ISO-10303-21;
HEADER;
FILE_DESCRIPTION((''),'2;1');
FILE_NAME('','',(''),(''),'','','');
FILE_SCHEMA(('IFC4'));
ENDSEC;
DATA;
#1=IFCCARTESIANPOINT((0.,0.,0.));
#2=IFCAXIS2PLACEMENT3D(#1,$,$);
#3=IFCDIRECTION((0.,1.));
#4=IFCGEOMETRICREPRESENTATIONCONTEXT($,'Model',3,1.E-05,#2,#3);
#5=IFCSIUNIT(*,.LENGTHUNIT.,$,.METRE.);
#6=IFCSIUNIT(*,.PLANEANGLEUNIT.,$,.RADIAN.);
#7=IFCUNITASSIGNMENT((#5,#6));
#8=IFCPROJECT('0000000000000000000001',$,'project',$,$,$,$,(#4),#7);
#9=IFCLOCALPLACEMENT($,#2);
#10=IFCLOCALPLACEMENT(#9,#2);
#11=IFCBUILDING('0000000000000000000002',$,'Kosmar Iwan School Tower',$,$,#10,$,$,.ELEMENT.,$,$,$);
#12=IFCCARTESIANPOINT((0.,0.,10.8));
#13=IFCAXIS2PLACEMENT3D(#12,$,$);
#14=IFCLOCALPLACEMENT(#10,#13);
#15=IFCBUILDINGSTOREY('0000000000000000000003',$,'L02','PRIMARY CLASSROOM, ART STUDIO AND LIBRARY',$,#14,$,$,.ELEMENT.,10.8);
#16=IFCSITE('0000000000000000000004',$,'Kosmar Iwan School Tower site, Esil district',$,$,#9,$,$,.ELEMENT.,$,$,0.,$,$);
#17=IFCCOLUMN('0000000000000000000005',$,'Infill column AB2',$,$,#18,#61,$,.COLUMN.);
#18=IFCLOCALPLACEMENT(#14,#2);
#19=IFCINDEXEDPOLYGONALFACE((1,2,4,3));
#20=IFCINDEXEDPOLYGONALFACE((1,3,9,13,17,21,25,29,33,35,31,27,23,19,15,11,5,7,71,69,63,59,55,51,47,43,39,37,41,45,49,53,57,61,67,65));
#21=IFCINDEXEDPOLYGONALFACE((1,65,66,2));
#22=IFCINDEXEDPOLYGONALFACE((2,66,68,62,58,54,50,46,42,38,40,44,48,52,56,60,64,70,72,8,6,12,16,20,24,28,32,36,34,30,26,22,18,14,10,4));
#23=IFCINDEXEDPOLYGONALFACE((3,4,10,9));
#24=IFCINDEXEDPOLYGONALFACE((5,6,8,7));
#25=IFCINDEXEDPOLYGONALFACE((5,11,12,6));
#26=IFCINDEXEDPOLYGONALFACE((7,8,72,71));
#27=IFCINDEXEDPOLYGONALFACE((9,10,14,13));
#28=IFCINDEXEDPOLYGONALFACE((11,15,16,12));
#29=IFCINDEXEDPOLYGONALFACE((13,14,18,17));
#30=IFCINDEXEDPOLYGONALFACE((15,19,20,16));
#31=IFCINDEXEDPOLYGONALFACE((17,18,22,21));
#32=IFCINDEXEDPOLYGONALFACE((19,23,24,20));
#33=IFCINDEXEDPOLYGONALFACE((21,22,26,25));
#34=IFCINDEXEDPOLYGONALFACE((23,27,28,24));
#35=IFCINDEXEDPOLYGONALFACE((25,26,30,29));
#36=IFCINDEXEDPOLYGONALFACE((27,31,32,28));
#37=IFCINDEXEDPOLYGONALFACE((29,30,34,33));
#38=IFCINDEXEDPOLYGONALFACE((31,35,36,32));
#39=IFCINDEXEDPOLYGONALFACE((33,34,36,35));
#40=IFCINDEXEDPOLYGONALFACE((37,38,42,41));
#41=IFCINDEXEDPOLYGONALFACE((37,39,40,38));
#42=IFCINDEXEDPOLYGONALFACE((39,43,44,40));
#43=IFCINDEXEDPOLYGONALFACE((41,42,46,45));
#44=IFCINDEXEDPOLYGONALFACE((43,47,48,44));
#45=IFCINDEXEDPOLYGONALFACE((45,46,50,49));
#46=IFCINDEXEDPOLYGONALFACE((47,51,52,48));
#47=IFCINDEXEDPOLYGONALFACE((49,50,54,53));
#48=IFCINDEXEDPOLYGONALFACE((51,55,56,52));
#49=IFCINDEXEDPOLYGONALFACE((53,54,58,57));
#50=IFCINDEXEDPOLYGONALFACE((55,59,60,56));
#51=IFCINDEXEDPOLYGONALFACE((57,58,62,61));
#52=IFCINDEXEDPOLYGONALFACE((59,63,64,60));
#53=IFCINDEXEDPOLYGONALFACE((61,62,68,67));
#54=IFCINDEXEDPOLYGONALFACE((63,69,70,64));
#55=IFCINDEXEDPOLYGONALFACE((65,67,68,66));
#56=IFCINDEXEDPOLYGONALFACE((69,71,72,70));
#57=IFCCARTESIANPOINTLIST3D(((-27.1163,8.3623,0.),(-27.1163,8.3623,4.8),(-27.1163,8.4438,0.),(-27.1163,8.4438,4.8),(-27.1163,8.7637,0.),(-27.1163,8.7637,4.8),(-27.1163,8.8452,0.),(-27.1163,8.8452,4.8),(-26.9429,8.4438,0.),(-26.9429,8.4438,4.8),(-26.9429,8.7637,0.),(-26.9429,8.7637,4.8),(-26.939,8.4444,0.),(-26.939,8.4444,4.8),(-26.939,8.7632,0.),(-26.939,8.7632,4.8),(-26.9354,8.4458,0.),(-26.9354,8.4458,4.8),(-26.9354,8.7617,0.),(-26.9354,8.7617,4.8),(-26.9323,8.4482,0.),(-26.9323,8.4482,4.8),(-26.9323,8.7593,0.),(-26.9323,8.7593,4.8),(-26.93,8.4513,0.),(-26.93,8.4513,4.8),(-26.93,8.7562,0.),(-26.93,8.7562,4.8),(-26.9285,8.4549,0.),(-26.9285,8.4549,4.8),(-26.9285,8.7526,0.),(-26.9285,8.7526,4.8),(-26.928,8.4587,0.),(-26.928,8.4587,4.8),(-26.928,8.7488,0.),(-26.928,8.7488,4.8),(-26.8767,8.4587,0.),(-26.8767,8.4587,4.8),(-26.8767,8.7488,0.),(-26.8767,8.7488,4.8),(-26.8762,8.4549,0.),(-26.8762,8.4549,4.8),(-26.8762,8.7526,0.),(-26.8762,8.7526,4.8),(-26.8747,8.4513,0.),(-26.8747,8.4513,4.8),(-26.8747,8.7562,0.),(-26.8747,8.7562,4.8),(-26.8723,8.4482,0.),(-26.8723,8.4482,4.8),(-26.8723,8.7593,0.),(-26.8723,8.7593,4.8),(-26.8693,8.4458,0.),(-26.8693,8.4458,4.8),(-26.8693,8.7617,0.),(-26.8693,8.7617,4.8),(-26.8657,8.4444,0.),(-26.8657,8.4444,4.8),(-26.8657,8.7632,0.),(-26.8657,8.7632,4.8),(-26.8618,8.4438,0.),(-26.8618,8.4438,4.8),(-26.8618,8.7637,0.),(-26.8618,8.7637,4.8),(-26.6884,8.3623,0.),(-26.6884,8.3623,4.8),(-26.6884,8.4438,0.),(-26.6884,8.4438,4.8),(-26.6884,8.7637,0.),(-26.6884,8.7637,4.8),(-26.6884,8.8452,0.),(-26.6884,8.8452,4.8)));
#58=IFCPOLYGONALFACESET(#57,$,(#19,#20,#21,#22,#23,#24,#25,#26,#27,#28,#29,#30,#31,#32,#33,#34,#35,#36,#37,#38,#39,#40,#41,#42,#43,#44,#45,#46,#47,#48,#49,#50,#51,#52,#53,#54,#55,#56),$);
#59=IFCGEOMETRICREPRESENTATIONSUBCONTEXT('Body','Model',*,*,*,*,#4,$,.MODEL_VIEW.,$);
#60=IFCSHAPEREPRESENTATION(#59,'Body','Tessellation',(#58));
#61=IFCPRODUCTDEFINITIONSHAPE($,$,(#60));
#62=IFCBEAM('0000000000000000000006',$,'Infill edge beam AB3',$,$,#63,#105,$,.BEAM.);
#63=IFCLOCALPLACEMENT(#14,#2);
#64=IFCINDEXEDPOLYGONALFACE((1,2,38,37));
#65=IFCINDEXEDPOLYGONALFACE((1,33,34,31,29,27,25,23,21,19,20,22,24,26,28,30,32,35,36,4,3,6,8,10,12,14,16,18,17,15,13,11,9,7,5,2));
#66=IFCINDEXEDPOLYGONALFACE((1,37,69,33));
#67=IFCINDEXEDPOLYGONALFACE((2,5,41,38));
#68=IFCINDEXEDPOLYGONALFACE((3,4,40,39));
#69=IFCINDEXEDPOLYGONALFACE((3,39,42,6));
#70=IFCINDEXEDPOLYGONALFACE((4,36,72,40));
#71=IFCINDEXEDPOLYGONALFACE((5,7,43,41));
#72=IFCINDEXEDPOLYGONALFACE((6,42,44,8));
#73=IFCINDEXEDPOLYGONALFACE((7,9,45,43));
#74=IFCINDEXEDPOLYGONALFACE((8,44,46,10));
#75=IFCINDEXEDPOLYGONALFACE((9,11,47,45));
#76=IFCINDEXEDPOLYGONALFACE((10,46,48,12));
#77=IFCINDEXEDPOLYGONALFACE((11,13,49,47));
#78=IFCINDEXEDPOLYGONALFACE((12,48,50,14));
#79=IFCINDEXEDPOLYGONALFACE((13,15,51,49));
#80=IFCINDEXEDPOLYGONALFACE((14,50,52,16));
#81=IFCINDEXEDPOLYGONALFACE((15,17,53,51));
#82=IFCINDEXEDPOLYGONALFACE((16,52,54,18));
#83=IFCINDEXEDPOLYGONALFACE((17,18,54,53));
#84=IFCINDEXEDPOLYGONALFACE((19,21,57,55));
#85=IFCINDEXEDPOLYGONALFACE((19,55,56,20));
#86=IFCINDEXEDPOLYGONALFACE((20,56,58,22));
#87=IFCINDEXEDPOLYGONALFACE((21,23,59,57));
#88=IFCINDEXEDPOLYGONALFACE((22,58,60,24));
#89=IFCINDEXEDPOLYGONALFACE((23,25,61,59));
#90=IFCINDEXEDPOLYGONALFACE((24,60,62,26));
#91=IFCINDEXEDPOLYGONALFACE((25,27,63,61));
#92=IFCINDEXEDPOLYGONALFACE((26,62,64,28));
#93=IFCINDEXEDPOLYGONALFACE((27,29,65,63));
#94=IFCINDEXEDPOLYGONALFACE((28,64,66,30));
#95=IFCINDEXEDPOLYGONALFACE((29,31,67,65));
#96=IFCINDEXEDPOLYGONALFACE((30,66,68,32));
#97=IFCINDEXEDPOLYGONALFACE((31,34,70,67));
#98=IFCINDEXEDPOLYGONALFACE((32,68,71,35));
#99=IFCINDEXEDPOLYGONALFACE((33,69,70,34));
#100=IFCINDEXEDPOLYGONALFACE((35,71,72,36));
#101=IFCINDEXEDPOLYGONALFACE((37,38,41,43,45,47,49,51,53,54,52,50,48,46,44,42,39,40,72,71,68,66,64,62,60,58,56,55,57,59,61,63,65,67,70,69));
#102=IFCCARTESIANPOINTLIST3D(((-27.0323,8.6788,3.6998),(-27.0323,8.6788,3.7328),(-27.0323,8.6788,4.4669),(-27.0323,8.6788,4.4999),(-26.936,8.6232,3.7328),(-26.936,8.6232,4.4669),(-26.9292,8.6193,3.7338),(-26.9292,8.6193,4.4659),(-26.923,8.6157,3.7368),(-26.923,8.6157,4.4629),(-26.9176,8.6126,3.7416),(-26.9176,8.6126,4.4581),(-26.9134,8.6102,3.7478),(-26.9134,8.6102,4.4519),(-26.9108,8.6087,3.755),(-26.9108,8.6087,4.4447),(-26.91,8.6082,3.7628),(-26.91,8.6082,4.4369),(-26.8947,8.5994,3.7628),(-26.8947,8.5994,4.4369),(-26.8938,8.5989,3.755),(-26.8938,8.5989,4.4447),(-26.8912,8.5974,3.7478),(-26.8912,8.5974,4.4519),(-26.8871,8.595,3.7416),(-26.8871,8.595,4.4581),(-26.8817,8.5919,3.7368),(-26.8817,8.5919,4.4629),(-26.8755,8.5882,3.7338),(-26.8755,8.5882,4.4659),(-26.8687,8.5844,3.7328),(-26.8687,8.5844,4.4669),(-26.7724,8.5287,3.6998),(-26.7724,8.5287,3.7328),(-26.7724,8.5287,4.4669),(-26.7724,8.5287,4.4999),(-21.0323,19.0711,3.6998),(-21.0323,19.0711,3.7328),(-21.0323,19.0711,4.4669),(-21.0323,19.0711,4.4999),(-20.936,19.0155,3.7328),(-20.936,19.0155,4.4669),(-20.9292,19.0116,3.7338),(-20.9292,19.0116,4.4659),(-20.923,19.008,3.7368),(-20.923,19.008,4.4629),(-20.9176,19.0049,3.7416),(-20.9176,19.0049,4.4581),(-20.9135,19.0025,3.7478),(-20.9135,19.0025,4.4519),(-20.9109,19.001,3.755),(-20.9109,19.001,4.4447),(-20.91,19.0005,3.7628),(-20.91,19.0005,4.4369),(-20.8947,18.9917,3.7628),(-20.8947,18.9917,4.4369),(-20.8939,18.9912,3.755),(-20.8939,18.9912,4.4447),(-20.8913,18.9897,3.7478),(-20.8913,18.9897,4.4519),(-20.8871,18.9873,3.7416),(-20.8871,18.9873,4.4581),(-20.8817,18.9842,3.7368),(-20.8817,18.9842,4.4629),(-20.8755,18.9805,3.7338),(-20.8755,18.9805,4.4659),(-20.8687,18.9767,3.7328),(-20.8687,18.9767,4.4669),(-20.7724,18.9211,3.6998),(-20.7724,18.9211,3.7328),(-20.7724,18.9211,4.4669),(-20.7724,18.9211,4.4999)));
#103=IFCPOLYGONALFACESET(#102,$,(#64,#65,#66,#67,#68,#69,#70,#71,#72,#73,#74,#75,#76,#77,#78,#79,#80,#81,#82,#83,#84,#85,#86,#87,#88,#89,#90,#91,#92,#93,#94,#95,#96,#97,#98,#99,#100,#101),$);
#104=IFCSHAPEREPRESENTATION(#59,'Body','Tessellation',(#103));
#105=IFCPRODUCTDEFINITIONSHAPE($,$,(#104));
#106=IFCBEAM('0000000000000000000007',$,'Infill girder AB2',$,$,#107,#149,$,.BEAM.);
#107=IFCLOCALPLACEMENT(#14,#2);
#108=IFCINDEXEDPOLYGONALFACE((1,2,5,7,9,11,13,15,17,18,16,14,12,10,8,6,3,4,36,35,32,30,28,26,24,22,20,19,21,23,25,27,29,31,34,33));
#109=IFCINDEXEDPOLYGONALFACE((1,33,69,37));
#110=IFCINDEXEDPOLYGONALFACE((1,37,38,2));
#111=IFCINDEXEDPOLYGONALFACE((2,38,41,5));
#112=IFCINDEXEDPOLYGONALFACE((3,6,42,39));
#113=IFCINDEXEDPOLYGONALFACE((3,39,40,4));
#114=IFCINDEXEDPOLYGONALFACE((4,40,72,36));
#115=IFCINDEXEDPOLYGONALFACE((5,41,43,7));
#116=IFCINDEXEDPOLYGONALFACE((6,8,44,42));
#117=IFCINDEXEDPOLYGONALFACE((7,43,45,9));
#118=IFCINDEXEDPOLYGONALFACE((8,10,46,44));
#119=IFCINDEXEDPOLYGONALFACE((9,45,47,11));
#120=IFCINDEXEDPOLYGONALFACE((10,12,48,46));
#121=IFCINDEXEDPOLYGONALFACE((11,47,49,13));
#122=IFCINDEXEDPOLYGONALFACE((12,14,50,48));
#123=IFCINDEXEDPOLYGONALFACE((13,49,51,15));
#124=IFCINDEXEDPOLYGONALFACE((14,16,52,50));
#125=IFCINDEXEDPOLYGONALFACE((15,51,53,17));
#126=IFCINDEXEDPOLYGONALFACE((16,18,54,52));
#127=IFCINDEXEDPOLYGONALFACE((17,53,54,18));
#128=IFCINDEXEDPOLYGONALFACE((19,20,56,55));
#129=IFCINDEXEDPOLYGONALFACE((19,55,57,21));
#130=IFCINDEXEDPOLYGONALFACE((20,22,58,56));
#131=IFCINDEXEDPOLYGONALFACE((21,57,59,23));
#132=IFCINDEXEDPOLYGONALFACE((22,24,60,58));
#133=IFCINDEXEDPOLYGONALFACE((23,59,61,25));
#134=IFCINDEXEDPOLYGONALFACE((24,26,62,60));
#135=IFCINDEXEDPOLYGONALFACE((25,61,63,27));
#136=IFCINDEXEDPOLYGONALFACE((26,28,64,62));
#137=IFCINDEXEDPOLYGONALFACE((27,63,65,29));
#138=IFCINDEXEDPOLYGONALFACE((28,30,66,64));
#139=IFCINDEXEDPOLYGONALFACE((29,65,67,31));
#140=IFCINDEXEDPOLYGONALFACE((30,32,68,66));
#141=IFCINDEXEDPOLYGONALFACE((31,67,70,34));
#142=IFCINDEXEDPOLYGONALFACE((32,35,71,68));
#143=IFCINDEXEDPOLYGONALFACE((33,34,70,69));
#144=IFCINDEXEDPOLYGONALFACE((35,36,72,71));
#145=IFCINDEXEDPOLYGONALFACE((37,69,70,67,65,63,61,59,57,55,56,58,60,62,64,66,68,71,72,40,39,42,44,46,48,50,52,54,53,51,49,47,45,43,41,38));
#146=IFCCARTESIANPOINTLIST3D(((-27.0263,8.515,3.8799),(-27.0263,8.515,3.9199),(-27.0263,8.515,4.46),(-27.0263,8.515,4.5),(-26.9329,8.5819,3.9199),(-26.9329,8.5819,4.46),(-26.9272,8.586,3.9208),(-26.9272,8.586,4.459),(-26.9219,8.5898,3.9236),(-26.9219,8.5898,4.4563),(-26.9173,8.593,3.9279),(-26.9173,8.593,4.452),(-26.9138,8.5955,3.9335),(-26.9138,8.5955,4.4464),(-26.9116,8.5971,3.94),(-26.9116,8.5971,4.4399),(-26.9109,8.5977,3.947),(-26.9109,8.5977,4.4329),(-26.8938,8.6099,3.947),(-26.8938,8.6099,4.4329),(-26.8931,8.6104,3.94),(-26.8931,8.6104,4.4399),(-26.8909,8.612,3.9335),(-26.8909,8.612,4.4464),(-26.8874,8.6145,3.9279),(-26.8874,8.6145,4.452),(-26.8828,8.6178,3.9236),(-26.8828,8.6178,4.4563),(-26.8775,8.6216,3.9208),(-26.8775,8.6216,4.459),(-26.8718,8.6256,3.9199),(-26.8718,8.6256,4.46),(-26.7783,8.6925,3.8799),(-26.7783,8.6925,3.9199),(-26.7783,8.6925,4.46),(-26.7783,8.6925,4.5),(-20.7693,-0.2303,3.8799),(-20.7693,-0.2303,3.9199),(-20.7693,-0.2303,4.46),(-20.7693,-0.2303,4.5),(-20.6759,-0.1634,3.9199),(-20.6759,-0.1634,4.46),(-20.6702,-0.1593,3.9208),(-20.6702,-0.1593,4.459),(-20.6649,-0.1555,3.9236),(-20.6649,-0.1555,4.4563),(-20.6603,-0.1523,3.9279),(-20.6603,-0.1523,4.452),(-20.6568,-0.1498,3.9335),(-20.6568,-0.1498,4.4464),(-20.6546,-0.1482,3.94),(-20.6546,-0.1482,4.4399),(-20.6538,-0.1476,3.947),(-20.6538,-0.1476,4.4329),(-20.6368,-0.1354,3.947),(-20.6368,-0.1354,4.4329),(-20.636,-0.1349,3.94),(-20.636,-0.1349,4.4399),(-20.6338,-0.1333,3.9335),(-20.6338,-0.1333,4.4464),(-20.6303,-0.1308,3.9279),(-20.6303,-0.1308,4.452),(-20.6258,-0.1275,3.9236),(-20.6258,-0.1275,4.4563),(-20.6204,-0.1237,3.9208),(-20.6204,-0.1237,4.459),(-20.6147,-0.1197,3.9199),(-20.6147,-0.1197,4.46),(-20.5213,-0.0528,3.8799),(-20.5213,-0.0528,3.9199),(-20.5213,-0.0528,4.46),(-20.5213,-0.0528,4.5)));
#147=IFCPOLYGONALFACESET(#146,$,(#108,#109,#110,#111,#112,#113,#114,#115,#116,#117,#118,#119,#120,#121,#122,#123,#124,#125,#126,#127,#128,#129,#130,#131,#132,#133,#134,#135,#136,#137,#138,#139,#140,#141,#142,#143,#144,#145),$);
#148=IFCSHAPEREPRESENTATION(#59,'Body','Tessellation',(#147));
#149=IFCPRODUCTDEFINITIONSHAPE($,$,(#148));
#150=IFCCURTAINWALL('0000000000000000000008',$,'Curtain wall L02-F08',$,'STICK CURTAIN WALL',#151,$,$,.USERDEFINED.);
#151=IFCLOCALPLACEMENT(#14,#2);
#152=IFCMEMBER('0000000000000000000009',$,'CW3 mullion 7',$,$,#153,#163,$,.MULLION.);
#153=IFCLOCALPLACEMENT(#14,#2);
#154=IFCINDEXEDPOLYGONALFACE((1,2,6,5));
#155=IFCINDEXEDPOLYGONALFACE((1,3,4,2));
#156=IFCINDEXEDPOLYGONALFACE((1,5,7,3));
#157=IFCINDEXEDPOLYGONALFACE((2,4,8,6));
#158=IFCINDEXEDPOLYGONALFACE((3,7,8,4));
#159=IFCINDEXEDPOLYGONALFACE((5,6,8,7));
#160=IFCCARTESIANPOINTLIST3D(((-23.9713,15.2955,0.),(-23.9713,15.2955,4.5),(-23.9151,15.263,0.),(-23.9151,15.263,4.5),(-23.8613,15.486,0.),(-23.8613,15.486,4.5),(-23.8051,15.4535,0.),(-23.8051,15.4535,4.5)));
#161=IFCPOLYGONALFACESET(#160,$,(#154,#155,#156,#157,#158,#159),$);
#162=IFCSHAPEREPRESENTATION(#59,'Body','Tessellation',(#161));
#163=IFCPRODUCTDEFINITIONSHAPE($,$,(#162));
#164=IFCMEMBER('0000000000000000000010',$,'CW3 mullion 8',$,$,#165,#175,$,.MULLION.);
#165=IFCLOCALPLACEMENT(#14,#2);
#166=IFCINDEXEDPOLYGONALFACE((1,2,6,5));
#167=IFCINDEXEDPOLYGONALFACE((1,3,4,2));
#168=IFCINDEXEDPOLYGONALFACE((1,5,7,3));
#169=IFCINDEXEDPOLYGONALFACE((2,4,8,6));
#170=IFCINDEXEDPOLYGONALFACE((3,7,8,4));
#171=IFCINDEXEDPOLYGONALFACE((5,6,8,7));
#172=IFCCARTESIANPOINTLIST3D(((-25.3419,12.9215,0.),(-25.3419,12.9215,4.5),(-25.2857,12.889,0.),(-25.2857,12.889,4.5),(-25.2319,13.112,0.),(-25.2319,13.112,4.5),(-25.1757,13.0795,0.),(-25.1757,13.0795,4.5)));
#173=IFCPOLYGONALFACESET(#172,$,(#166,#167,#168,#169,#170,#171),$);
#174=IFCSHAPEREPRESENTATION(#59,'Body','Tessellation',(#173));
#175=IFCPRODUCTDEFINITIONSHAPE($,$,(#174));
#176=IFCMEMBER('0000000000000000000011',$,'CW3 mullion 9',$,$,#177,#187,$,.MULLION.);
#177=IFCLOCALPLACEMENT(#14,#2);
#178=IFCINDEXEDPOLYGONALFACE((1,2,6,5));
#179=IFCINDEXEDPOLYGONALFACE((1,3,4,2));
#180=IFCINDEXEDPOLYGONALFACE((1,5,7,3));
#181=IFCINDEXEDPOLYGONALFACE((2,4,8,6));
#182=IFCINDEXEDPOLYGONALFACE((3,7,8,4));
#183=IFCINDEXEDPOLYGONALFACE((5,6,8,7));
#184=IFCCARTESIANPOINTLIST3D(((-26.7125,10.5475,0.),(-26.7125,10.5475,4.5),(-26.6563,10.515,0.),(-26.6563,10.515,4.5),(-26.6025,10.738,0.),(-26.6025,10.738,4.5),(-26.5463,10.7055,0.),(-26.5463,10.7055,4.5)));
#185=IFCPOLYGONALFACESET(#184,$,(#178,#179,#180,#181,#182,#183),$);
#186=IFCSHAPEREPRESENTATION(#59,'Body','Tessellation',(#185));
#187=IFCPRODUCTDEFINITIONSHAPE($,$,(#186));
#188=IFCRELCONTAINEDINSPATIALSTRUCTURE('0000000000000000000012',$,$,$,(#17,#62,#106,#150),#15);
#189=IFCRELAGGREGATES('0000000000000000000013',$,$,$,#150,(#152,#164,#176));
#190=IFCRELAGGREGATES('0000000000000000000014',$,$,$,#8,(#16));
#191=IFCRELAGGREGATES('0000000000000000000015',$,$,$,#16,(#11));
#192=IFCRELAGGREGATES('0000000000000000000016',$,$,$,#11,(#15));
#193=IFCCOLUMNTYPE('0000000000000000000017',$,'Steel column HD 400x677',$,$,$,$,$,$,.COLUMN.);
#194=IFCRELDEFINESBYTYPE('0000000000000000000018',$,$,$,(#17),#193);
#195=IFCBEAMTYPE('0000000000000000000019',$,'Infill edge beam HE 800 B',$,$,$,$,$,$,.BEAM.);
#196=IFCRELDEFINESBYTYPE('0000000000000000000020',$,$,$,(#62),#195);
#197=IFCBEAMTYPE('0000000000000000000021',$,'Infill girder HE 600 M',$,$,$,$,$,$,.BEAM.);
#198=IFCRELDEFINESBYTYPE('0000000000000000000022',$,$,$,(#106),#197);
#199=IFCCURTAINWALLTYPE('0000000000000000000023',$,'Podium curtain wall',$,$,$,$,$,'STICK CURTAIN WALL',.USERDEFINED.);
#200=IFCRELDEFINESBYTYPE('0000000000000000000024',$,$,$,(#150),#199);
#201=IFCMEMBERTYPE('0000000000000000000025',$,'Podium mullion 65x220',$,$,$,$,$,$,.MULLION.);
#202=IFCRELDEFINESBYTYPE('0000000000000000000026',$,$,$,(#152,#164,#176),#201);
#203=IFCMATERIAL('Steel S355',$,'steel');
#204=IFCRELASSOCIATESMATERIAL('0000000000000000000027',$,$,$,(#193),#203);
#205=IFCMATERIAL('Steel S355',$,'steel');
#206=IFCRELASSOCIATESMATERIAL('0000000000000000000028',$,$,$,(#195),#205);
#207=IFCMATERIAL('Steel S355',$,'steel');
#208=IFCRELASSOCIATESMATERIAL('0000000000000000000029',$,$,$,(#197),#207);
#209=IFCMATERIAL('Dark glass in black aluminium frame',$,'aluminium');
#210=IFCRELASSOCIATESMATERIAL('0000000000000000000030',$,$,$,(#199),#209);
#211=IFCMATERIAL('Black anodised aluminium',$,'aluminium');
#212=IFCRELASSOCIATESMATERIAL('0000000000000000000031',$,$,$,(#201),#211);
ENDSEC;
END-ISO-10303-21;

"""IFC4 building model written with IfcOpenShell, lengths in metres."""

from ifc_helpers import new_model, si_unit, direction, frame, origin, origin_2d, place, context, subcontext, project, spatial, rectangle, i_section, extrude, material, material_profile, profile_set, type_object, element, aggregate, save


model = new_model("IFC4")

# Units and contexts
model_context = context("Model", 3, precision=1e-05, world=origin(), true_north=direction((0.0, 1.0)))
body_context = subcontext(model_context, "Body", "Model", "MODEL_VIEW")
ifc_project = project(units=[si_unit("LENGTHUNIT", "METRE"), si_unit("PLANEANGLEUNIT", "RADIAN")], contexts=[model_context])

# Site, building, storey
site_placement = place(None, origin())
site = spatial("IfcSite", under=ifc_project, at=site_placement, Name="Kosmar Iwan School Tower site, Esil district", CompositionType="ELEMENT", RefElevation=0.0)
building_placement = place(site_placement, origin())
building = spatial("IfcBuilding", under=site, at=building_placement, Name="Kosmar Iwan School Tower", CompositionType="ELEMENT")
storey_placement = place(building_placement, frame((0.0, 0.0, 10.8)))
storey = spatial("IfcBuildingStorey", under=building, at=storey_placement, Name="L02", Description="PRIMARY CLASSROOM, ART STUDIO AND LIBRARY", CompositionType="ELEMENT", Elevation=10.8)

# Column
ifc_material_1 = material(Name="Steel S355", Category="steel")
ifc_material_profile_1 = material_profile(ifc_material_1, i_section(OverallWidth=0.428, OverallDepth=0.4829, WebThickness=0.0513, FlangeThickness=0.0815, FilletRadius=0.0149, at=origin_2d()), Name="HD 400x677")
ifc_profile_set_1 = profile_set([ifc_material_profile_1], Name="Steel S355")
column_type = type_object("IfcColumnType", Name="Steel column HD 400x677", PredefinedType="COLUMN", material=ifc_profile_set_1)
column_placement = place(storey_placement, frame((-26.9023, 8.6038, 0.0), z_axis=(0.0, 0.0, 1.0), x_axis=(1.0, 0.0, 0.0)))
element("IfcColumn", 1, at=column_placement, inside=storey, type_object=column_type, Name="Infill column AB2", PredefinedType="COLUMN", context=body_context, shape_type="SweptSolid", body=[
    extrude(i_section(OverallWidth=0.428, OverallDepth=0.4829, WebThickness=0.0513, FlangeThickness=0.0815, FilletRadius=0.0149, at=origin_2d()), origin(), (0.0, 0.0, 1.0), 4.8),
])

# Beams
ifc_material_2 = material(Name="Steel S355", Category="steel")
ifc_material_profile_2 = material_profile(ifc_material_2, i_section(OverallWidth=0.3, OverallDepth=0.8, WebThickness=0.0176, FlangeThickness=0.033, FilletRadius=0.03, at=origin_2d()), Name="HE 800 B")
ifc_profile_set_2 = profile_set([ifc_material_profile_2], Name="Steel S355")
beam_type_1 = type_object("IfcBeamType", Name="Infill edge beam HE 800 B", PredefinedType="BEAM", material=ifc_profile_set_2)
beam_1_placement = place(storey_placement, frame((-26.9023, 8.6038, 4.0999), z_axis=(0.499999, 0.866026, 0.0), x_axis=(-0.866026, 0.499999, 0.0)))
element("IfcBeam", 2, at=beam_1_placement, inside=storey, type_object=beam_type_1, Name="Infill edge beam AB3", PredefinedType="BEAM", context=body_context, shape_type="SweptSolid", body=[
    extrude(i_section(OverallWidth=0.3, OverallDepth=0.8, WebThickness=0.0176, FlangeThickness=0.033, FilletRadius=0.03, at=origin_2d()), origin(), (0.0, 0.0, 1.0), 12.0),
])
ifc_material_3 = material(Name="Steel S355", Category="steel")
ifc_material_profile_3 = material_profile(ifc_material_3, i_section(OverallWidth=0.3049, OverallDepth=0.6201, WebThickness=0.021, FlangeThickness=0.04, FilletRadius=0.0271, at=origin_2d()), Name="HE 600 M")
ifc_profile_set_3 = profile_set([ifc_material_profile_3], Name="Steel S355")
beam_type_2 = type_object("IfcBeamType", Name="Infill girder HE 600 M", PredefinedType="BEAM", material=ifc_profile_set_3)
beam_2_placement = place(storey_placement, frame((-26.9023, 8.6038, 4.1899), z_axis=(0.581878, -0.813276, 0.0), x_axis=(0.813276, 0.581878, 0.0)))
element("IfcBeam", 3, at=beam_2_placement, inside=storey, type_object=beam_type_2, Name="Infill girder AB2", PredefinedType="BEAM", context=body_context, shape_type="SweptSolid", body=[
    extrude(i_section(OverallWidth=0.3049, OverallDepth=0.6201, WebThickness=0.021, FlangeThickness=0.04, FilletRadius=0.0271, at=origin_2d()), origin(), (0.0, 0.0, 1.0), 10.7532),
])

# Curtain wall, members
ifc_material_4 = material(Name="Dark glass in black aluminium frame", Category="aluminium")
curtain_wall_type = type_object("IfcCurtainWallType", Name="Podium curtain wall", ElementType="STICK CURTAIN WALL", PredefinedType="USERDEFINED", material=ifc_material_4)
curtain_wall_placement = place(storey_placement, origin())
curtain_wall = element("IfcCurtainWall", 4, at=curtain_wall_placement, inside=storey, type_object=curtain_wall_type, Name="Curtain wall L02-F08", ObjectType="STICK CURTAIN WALL", PredefinedType="USERDEFINED")
ifc_material_5 = material(Name="Black anodised aluminium", Category="aluminium")
ifc_material_profile_4 = material_profile(ifc_material_5, rectangle(XDim=0.0649, YDim=0.22, at=origin_2d()), Name="MULLION 65x220")
ifc_profile_set_4 = profile_set([ifc_material_profile_4], Name="Black anodised aluminium")
member_type_1 = type_object("IfcMemberType", Name="Podium mullion 65x220", PredefinedType="MULLION", material=ifc_profile_set_4)
member_1_placement = place(storey_placement, frame((-23.8882, 15.3745, 0.0), z_axis=(0.0, 0.0, 1.0), x_axis=(0.866025, -0.5, 0.0)))
member_1 = element("IfcMember", 5, at=member_1_placement, type_object=member_type_1, Name="CW3 mullion 7", PredefinedType="MULLION", context=body_context, shape_type="SweptSolid", body=[
    extrude(rectangle(XDim=0.0649, YDim=0.22, at=origin_2d()), origin(), (0.0, 0.0, 1.0), 4.5),
])
member_2_placement = place(storey_placement, frame((-25.2588, 13.0005, 0.0), z_axis=(0.0, 0.0, 1.0), x_axis=(0.866025, -0.5, 0.0)))
member_2 = element("IfcMember", 6, at=member_2_placement, type_object=member_type_1, Name="CW3 mullion 8", PredefinedType="MULLION", context=body_context, shape_type="SweptSolid", body=[
    extrude(rectangle(XDim=0.0649, YDim=0.22, at=origin_2d()), origin(), (0.0, 0.0, 1.0), 4.5),
])
member_3_placement = place(storey_placement, frame((-26.6294, 10.6265, 0.0), z_axis=(0.0, 0.0, 1.0), x_axis=(0.866025, -0.5, 0.0)))
member_3 = element("IfcMember", 7, at=member_3_placement, type_object=member_type_1, Name="CW3 mullion 9", PredefinedType="MULLION", context=body_context, shape_type="SweptSolid", body=[
    extrude(rectangle(XDim=0.0649, YDim=0.22, at=origin_2d()), origin(), (0.0, 0.0, 1.0), 4.5),
])
aggregate(curtain_wall, [member_1, member_2, member_3])

save(model, "model.ifc")
